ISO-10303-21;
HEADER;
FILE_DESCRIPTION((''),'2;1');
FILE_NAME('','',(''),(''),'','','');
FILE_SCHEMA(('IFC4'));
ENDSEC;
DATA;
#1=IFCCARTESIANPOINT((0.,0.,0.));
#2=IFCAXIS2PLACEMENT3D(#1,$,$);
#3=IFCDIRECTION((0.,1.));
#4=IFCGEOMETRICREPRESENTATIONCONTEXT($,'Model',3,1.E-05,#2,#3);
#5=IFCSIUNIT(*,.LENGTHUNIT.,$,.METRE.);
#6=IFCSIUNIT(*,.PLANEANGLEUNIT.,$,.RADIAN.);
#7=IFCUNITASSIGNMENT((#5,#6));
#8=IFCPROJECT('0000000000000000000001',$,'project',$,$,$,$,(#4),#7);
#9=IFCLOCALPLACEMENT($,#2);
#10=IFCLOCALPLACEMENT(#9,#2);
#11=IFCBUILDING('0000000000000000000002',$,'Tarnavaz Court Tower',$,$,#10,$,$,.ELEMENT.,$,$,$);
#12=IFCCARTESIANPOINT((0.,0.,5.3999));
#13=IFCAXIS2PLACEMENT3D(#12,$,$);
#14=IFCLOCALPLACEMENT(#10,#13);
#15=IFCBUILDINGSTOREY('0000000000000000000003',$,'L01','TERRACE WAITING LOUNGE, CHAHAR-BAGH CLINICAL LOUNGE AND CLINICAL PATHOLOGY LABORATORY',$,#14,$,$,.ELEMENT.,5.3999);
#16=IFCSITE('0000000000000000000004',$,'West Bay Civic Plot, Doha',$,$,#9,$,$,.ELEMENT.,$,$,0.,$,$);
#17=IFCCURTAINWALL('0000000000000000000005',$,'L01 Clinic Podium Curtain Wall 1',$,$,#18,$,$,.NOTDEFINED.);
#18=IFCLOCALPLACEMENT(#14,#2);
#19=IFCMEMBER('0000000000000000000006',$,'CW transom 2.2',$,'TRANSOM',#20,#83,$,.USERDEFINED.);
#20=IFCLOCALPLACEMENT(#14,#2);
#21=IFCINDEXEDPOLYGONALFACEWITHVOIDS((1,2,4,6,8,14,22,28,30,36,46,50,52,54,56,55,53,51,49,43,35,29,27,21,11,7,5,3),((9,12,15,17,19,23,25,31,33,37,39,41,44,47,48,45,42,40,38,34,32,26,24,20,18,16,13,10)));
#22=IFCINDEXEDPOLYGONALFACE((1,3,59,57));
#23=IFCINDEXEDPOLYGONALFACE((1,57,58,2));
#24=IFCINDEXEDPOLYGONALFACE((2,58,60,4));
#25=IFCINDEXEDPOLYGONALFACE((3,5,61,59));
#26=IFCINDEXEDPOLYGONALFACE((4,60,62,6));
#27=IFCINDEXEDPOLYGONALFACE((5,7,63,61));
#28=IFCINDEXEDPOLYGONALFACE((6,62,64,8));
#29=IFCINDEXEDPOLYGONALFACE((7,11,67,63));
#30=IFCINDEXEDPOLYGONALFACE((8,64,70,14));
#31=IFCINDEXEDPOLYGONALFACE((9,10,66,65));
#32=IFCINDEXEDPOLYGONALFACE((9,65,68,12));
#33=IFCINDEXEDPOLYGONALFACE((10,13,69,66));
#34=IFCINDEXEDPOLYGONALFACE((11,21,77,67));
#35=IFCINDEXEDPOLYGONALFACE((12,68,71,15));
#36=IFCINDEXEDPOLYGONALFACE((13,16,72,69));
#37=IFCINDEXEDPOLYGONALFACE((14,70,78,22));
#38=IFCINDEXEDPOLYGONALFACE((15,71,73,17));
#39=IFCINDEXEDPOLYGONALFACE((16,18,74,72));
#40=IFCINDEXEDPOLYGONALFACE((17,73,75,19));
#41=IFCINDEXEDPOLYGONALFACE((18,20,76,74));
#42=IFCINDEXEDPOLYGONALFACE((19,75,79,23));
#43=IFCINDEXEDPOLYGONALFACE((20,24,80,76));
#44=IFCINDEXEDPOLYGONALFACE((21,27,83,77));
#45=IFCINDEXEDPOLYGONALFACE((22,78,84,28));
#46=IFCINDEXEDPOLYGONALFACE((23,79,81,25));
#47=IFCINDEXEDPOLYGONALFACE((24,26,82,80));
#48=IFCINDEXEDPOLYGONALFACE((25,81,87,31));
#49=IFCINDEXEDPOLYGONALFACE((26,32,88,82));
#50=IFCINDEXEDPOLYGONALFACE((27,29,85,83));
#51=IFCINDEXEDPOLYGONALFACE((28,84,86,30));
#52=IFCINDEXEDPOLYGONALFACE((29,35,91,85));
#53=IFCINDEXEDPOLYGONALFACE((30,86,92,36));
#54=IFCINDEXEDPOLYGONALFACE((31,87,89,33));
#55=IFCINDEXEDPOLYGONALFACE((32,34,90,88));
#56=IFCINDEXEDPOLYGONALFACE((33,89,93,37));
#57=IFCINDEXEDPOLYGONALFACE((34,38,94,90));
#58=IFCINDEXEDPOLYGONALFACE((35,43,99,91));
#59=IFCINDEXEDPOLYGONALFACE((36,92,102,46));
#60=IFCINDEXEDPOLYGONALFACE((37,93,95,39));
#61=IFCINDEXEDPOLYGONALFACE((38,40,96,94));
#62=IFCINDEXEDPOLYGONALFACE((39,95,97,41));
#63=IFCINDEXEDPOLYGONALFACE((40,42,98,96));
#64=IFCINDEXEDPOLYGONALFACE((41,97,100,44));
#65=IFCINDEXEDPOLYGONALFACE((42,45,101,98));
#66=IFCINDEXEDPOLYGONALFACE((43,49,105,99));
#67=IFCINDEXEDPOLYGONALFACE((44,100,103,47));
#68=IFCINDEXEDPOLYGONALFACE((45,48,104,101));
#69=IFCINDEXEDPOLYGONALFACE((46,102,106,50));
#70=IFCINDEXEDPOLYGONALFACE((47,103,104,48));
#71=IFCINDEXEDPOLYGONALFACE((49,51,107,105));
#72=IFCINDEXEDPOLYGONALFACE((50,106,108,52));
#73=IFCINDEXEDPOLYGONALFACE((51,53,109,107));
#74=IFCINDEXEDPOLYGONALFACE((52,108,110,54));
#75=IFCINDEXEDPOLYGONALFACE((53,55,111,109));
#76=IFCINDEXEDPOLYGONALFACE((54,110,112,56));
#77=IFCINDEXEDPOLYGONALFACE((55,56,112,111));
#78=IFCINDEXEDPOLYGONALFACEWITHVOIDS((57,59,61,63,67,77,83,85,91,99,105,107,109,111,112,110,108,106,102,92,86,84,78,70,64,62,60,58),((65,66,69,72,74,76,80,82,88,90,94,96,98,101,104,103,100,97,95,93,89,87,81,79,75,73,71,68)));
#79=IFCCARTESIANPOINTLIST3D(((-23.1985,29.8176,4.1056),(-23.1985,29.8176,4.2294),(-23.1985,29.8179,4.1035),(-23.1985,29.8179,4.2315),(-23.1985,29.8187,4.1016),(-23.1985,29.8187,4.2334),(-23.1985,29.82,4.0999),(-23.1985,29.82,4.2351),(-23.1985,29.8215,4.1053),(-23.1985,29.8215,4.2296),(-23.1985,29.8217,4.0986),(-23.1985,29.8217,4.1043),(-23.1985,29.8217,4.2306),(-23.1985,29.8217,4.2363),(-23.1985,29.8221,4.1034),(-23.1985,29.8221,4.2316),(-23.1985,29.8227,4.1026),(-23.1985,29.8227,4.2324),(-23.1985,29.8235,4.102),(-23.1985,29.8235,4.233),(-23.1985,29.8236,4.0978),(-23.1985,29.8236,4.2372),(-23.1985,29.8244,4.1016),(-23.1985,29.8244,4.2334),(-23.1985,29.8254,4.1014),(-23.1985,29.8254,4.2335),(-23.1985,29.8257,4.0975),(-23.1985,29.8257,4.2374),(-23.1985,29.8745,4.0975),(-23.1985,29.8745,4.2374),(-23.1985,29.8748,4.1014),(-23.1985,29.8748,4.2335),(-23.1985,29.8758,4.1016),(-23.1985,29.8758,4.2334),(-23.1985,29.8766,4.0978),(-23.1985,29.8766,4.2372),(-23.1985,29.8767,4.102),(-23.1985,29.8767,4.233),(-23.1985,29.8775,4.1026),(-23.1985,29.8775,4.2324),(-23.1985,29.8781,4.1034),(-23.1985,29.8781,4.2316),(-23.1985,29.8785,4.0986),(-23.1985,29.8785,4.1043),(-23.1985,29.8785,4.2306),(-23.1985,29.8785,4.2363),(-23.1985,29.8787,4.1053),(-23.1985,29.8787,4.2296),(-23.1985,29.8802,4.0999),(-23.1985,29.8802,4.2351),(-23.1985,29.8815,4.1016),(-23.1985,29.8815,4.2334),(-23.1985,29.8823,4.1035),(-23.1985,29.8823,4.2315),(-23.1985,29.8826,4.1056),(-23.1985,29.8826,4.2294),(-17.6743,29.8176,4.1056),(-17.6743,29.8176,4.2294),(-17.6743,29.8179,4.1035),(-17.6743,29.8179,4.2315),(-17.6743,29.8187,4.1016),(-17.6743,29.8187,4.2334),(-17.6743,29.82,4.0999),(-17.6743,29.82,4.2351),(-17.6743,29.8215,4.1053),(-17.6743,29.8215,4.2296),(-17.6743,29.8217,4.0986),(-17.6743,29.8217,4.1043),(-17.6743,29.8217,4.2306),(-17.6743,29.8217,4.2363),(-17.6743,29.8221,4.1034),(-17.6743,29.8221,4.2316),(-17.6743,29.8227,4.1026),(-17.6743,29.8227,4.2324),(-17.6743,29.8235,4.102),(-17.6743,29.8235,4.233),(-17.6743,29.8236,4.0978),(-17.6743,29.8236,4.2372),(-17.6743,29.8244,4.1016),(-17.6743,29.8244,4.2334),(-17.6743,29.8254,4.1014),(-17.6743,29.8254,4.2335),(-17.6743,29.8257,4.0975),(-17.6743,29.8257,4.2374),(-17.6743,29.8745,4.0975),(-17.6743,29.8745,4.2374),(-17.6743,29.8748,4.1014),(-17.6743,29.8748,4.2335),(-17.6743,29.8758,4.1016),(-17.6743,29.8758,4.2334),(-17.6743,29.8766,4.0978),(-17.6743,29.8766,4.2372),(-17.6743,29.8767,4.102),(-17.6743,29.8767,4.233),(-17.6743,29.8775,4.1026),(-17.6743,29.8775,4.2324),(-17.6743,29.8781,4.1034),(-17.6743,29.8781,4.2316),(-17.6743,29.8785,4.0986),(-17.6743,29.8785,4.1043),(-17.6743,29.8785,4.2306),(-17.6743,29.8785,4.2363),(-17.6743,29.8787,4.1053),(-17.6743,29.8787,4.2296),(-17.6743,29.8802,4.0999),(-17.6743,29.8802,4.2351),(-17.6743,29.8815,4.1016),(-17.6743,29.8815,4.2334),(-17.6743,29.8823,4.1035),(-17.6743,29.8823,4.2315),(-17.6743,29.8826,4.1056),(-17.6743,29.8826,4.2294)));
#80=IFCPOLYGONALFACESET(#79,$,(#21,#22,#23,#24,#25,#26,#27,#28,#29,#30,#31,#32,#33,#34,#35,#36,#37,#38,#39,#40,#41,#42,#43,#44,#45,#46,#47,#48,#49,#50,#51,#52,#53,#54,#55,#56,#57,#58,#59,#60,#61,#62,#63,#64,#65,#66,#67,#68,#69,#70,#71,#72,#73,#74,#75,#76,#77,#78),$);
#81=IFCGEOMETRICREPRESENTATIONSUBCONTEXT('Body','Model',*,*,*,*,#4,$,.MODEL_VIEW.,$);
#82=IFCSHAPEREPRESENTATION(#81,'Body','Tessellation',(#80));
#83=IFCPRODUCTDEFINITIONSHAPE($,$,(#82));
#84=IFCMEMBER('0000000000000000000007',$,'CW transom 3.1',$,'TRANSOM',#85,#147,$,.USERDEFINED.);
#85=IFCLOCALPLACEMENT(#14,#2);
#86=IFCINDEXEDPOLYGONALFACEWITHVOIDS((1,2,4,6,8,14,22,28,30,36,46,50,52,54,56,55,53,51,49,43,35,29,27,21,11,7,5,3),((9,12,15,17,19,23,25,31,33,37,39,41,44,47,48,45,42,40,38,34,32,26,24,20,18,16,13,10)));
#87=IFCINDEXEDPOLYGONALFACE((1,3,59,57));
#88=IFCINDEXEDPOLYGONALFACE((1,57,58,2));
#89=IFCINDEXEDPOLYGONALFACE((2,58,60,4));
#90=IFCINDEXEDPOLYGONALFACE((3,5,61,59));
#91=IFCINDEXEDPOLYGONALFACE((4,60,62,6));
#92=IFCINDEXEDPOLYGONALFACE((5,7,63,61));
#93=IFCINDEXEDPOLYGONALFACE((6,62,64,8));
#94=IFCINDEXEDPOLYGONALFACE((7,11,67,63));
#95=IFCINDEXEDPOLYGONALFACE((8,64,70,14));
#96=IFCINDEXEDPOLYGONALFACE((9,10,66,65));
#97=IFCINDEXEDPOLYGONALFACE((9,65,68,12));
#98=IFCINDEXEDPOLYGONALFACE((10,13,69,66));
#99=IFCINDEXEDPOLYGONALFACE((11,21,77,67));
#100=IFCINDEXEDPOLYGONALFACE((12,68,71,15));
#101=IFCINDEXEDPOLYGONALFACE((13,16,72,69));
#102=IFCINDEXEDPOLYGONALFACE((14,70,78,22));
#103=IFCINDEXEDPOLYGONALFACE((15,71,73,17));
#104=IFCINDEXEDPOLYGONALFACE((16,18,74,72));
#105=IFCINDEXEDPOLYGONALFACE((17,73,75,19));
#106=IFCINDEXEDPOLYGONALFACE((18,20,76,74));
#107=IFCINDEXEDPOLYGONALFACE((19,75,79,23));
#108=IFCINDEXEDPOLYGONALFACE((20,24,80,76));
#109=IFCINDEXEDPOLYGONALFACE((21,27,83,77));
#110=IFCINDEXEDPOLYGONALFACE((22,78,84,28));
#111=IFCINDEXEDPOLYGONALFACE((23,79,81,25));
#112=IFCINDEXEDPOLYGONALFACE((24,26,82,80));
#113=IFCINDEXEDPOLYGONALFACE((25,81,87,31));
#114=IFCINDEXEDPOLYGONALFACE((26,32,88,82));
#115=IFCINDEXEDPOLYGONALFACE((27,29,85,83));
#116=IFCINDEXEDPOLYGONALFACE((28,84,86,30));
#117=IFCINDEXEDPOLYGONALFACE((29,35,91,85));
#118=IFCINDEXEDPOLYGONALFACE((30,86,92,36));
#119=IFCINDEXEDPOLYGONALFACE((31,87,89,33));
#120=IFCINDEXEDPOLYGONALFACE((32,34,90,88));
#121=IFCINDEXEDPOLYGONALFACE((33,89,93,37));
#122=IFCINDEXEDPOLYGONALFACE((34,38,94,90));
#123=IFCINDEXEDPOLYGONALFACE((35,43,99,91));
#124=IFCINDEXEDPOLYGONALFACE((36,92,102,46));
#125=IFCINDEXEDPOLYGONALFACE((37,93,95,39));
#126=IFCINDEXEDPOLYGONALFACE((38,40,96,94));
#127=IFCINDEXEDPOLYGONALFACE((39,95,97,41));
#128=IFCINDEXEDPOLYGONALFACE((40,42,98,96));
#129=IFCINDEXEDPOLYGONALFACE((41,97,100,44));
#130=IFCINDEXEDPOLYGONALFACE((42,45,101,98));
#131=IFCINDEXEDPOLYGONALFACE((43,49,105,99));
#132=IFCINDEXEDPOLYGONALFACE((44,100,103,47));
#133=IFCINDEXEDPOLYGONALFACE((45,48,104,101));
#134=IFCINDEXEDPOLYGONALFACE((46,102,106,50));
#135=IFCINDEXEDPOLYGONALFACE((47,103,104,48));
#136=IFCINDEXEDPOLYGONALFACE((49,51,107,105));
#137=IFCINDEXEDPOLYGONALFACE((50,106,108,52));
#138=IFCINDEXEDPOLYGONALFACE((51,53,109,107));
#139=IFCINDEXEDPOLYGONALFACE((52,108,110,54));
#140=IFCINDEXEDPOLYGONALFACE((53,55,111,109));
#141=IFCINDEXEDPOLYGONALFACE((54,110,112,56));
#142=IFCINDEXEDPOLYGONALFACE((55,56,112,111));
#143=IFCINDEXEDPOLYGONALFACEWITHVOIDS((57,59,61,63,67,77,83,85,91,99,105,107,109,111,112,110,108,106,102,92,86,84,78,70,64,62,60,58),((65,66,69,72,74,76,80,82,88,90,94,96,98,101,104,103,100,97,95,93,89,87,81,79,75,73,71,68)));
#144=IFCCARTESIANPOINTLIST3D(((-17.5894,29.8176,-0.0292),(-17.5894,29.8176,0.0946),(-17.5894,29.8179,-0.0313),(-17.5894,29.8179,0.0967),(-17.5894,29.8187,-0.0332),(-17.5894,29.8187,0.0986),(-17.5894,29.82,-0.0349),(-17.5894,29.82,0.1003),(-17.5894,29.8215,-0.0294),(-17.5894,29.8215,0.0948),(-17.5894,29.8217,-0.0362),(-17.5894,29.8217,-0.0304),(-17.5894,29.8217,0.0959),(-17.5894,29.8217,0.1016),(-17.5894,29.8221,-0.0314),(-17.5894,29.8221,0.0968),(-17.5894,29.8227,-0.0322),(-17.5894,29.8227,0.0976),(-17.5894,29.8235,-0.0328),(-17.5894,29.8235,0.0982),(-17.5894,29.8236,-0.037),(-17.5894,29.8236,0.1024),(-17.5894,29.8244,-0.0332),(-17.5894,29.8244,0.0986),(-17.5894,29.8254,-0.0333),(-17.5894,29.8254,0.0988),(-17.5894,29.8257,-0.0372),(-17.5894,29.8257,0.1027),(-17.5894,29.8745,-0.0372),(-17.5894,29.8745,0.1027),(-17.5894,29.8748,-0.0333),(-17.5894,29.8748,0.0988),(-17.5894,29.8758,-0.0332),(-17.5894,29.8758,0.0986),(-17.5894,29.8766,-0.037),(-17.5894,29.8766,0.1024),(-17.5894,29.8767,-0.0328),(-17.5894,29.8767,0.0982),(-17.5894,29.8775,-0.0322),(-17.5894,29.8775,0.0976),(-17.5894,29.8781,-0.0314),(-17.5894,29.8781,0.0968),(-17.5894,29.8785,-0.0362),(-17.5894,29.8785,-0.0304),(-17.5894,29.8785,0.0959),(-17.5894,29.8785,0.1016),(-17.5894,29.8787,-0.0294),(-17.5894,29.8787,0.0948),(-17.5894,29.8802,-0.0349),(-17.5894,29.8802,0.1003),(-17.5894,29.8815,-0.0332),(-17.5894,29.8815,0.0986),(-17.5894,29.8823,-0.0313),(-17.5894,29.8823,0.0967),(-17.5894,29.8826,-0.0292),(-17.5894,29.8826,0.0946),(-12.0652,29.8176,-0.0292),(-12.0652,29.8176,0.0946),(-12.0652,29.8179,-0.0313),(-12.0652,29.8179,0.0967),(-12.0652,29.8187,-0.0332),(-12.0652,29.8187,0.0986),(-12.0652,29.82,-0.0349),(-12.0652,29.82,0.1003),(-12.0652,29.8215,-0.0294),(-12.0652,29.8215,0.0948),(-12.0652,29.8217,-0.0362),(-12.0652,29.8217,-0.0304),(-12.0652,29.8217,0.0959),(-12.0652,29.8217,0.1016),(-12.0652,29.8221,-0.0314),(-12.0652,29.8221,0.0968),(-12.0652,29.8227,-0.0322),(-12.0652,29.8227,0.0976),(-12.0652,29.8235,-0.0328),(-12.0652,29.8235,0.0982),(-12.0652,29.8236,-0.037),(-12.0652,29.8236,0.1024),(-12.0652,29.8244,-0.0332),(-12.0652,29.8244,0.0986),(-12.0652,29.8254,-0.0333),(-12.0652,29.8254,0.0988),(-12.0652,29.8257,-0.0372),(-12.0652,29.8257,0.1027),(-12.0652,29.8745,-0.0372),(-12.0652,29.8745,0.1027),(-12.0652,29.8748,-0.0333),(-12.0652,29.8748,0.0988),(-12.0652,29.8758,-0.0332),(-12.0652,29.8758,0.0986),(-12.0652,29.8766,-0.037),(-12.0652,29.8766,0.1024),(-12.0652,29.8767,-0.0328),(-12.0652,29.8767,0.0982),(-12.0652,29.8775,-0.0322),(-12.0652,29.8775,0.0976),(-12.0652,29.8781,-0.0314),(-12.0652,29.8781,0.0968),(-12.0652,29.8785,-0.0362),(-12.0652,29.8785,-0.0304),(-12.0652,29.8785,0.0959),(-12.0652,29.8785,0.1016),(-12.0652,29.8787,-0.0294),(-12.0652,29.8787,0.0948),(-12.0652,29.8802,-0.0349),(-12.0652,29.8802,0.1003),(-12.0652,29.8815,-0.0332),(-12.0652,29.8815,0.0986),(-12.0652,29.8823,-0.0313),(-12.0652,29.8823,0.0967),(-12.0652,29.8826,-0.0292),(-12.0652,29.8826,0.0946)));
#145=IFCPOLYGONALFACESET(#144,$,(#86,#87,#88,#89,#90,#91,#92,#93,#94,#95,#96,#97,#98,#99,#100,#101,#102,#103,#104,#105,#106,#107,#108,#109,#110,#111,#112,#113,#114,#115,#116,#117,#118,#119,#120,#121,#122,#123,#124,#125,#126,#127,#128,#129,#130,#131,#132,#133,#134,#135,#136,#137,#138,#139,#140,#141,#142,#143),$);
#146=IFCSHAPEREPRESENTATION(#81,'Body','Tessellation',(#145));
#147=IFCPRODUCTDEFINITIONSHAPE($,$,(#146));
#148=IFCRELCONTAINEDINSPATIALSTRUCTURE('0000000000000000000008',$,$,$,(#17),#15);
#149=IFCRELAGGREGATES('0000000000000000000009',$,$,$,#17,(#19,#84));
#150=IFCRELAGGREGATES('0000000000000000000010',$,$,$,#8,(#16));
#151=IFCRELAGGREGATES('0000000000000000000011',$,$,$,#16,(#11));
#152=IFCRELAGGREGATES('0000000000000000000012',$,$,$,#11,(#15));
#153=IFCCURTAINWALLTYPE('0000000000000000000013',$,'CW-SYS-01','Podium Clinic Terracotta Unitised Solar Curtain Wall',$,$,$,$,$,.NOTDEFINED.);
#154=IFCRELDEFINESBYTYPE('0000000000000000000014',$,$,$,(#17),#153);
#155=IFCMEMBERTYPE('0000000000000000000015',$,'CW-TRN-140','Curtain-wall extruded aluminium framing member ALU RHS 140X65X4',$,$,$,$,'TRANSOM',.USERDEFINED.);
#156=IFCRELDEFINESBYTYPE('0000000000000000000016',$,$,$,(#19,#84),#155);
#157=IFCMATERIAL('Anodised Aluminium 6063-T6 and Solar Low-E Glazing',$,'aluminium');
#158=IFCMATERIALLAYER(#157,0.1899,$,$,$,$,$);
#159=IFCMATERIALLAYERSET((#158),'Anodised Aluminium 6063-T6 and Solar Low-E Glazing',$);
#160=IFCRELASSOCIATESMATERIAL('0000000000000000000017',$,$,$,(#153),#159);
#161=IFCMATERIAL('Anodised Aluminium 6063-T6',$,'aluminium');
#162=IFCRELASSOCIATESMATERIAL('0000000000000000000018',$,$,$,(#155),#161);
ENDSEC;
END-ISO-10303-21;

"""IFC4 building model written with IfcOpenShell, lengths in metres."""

from ifc_helpers import new_model, si_unit, direction, frame, origin, origin_2d, place, context, subcontext, project, spatial, hollow_rectangle, extrude, material, layer, layer_set, material_profile, profile_set, type_object, element, aggregate, save


model = new_model("IFC4")

# Units and contexts
model_context = context("Model", 3, precision=1e-05, world=origin(), true_north=direction((0.0, 1.0)))
body_context = subcontext(model_context, "Body", "Model", "MODEL_VIEW")
ifc_project = project(units=[si_unit("LENGTHUNIT", "METRE"), si_unit("PLANEANGLEUNIT", "RADIAN")], contexts=[model_context])

# Site, building, storey
site_placement = place(None, origin())
site = spatial("IfcSite", under=ifc_project, at=site_placement, Name="West Bay Civic Plot, Doha", CompositionType="ELEMENT", RefElevation=0.0)
building_placement = place(site_placement, origin())
building = spatial("IfcBuilding", under=site, at=building_placement, Name="Tarnavaz Court Tower", CompositionType="ELEMENT")
storey_placement = place(building_placement, frame((0.0, 0.0, 5.3999)))
storey = spatial("IfcBuildingStorey", under=building, at=storey_placement, Name="L01", Description="TERRACE WAITING LOUNGE, CHAHAR-BAGH CLINICAL LOUNGE AND CLINICAL PATHOLOGY LABORATORY", CompositionType="ELEMENT", Elevation=5.3999)

# Curtain wall, members
ifc_material_1 = material(Name="Anodised Aluminium 6063-T6 and Solar Low-E Glazing", Category="aluminium")
ifc_layer_1 = layer(ifc_material_1, 0.1899)
ifc_layer_set_1 = layer_set([ifc_layer_1], Name="Anodised Aluminium 6063-T6 and Solar Low-E Glazing")
curtain_wall_type = type_object("IfcCurtainWallType", Name="CW-SYS-01", Description="Podium Clinic Terracotta Unitised Solar Curtain Wall", PredefinedType="NOTDEFINED", material=ifc_layer_set_1)
curtain_wall_placement = place(storey_placement, origin())
curtain_wall = element("IfcCurtainWall", 1, at=curtain_wall_placement, inside=storey, type_object=curtain_wall_type, Name="L01 Clinic Podium Curtain Wall 1", PredefinedType="NOTDEFINED")
ifc_material_2 = material(Name="Anodised Aluminium 6063-T6", Category="aluminium")
ifc_material_profile_1 = material_profile(ifc_material_2, hollow_rectangle(XDim=0.0649, YDim=0.1399, WallThickness=0.0039, InnerFilletRadius=0.0039, OuterFilletRadius=0.0081, at=origin_2d()), Name="ALU RHS 140X65X4")
ifc_profile_set_1 = profile_set([ifc_material_profile_1], Name="Anodised Aluminium 6063-T6")
member_type_1 = type_object("IfcMemberType", Name="CW-TRN-140", Description="Curtain-wall extruded aluminium framing member ALU RHS 140X65X4", ElementType="TRANSOM", PredefinedType="USERDEFINED", material=ifc_profile_set_1)
member_1_placement = place(storey_placement, frame((-23.1985, 29.8501, 4.1675), z_axis=(1.0, 0.0, 0.0), x_axis=(0.0, 1.0, 0.0)))
member_1 = element("IfcMember", 2, at=member_1_placement, type_object=member_type_1, Name="CW transom 2.2", ObjectType="TRANSOM", PredefinedType="USERDEFINED", context=body_context, shape_type="SweptSolid", body=[
    extrude(hollow_rectangle(XDim=0.0649, YDim=0.1399, WallThickness=0.0039, InnerFilletRadius=0.0039, OuterFilletRadius=0.0081, at=origin_2d()), origin(), (0.0, 0.0, 1.0), 5.5242),
])
member_2_placement = place(storey_placement, frame((-17.5894, 29.8501, 0.0327), z_axis=(1.0, 0.0, 0.0), x_axis=(0.0, 1.0, 0.0)))
member_2 = element("IfcMember", 3, at=member_2_placement, type_object=member_type_1, Name="CW transom 3.1", ObjectType="TRANSOM", PredefinedType="USERDEFINED", context=body_context, shape_type="SweptSolid", body=[
    extrude(hollow_rectangle(XDim=0.0649, YDim=0.1399, WallThickness=0.0039, InnerFilletRadius=0.0039, OuterFilletRadius=0.0081, at=origin_2d()), origin(), (0.0, 0.0, 1.0), 5.5242),
])
aggregate(curtain_wall, [member_1, member_2])

save(model, "model.ifc")
